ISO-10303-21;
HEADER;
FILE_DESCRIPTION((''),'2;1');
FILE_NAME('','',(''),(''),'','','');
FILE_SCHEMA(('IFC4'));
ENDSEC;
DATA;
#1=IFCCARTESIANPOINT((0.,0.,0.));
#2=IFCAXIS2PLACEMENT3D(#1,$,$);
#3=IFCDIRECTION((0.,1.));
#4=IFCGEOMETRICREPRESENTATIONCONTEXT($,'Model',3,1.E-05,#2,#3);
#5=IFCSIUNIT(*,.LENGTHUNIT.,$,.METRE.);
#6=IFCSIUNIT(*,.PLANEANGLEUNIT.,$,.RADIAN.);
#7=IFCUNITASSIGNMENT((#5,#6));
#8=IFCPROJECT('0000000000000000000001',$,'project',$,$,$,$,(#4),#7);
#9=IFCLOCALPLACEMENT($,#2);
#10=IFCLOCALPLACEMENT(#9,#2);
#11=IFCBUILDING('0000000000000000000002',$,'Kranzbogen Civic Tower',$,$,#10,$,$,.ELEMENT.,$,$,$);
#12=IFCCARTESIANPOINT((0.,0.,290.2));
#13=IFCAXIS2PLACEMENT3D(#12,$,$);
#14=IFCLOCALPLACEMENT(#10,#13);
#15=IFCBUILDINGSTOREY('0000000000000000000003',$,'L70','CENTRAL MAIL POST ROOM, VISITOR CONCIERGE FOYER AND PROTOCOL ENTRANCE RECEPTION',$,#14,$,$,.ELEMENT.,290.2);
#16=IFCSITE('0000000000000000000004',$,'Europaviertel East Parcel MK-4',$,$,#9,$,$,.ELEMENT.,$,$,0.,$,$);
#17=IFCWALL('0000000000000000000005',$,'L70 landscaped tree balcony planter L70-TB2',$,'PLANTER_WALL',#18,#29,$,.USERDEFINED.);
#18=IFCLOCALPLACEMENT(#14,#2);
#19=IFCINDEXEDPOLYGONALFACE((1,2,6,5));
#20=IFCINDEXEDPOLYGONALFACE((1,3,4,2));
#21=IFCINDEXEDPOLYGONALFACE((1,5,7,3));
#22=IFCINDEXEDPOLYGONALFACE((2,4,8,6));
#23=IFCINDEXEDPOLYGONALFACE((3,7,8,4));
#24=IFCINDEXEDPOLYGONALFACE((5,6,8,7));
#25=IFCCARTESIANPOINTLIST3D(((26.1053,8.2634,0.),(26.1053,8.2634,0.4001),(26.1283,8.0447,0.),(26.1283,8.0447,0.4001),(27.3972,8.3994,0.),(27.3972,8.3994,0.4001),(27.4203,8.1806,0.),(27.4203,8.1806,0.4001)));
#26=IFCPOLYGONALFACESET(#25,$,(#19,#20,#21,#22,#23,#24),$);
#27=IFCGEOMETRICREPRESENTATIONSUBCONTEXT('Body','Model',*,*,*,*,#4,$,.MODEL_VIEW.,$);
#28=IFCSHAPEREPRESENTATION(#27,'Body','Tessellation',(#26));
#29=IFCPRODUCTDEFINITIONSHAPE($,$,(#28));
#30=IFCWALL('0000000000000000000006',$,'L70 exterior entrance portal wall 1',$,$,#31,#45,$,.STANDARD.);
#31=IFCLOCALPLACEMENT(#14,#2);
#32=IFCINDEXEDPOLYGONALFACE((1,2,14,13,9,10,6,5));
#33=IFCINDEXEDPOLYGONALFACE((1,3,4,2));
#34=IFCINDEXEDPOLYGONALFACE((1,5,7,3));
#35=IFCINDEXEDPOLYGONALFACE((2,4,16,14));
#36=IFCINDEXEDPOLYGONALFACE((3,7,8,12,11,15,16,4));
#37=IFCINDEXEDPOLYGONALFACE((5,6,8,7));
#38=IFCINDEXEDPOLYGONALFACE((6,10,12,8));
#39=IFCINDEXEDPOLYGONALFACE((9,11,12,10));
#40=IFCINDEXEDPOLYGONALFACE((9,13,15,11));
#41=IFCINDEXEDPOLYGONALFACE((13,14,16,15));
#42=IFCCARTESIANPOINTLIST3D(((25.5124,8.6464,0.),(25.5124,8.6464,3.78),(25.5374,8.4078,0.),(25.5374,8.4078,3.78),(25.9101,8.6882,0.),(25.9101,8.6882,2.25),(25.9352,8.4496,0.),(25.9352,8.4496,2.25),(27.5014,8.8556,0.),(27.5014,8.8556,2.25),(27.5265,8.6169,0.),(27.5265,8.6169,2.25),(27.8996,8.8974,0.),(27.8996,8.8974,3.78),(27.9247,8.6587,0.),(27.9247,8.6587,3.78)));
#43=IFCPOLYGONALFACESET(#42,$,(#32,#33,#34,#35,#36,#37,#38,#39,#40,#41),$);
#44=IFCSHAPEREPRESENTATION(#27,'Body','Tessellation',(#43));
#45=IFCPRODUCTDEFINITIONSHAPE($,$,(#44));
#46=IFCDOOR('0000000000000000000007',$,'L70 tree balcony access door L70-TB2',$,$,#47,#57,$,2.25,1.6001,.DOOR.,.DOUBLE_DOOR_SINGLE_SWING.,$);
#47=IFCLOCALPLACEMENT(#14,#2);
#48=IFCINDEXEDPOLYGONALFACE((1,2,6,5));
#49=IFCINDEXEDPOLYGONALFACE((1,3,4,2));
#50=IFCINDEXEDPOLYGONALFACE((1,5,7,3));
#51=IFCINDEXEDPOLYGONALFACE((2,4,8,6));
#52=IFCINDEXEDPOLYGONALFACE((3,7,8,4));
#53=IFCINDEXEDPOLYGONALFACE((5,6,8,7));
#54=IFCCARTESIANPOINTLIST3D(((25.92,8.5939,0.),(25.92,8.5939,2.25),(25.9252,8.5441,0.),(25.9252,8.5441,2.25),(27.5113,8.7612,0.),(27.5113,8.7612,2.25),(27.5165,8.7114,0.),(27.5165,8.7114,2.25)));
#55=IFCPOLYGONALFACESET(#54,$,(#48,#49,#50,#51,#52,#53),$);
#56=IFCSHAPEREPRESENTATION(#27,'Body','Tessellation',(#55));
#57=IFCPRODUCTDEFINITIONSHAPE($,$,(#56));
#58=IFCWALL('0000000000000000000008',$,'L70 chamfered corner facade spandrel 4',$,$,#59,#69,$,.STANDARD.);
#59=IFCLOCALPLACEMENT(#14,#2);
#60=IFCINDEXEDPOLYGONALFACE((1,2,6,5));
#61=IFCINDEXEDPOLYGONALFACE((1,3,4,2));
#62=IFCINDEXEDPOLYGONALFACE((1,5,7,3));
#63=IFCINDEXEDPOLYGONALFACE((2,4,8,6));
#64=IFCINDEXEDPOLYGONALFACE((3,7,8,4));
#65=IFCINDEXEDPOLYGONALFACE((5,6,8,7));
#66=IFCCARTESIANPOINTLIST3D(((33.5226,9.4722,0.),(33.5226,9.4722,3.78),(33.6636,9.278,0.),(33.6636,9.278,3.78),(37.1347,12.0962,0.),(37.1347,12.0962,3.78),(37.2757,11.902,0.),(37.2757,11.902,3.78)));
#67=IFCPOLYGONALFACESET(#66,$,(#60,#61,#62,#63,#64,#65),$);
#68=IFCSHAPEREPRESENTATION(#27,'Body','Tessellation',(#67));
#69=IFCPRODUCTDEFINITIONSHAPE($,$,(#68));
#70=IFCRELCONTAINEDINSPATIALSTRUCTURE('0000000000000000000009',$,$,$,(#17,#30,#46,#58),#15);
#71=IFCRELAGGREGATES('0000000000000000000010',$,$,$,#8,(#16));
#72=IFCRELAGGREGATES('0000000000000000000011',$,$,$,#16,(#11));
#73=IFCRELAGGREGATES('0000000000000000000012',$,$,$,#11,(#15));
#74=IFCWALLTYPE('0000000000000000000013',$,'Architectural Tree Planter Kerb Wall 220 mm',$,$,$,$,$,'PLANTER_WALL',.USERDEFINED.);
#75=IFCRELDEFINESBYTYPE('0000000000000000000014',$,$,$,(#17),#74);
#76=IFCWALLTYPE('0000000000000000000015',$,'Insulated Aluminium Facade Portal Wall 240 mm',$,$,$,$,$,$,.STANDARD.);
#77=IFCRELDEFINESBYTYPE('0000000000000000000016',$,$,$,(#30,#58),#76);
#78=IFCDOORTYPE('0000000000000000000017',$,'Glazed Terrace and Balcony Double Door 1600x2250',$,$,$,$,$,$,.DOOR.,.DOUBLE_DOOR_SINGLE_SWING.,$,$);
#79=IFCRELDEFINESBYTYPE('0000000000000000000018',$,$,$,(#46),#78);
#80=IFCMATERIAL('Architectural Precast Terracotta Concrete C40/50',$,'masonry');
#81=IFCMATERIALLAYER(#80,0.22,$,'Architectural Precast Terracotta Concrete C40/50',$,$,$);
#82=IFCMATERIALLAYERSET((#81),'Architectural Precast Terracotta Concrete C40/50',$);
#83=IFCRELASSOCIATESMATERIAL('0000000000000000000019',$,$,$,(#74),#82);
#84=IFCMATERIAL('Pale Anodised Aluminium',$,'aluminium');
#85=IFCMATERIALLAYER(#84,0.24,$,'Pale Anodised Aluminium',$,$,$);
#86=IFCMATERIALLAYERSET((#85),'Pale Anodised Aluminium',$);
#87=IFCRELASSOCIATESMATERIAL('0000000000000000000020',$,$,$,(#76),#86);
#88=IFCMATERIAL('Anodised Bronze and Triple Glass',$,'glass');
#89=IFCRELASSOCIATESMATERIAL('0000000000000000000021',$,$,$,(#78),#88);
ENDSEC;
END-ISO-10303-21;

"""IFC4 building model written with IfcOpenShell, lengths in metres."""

from ifc_helpers import new_model, si_unit, direction, frame, frame_2d, origin, place, context, subcontext, project, spatial, rectangle, extrude, material, layer, layer_set, type_object, element, fill, save


model = new_model("IFC4")

# Units and contexts
model_context = context("Model", 3, precision=1e-05, world=origin(), true_north=direction((0.0, 1.0)))
body_context = subcontext(model_context, "Body", "Model", "MODEL_VIEW")
ifc_project = project(units=[si_unit("LENGTHUNIT", "METRE"), si_unit("PLANEANGLEUNIT", "RADIAN")], contexts=[model_context])

# Site, building, storey
site_placement = place(None, origin())
site = spatial("IfcSite", under=ifc_project, at=site_placement, Name="Europaviertel East Parcel MK-4", CompositionType="ELEMENT", RefElevation=0.0)
building_placement = place(site_placement, origin())
building = spatial("IfcBuilding", under=site, at=building_placement, Name="Kranzbogen Civic Tower", CompositionType="ELEMENT")
storey_placement = place(building_placement, frame((0.0, 0.0, 290.2)))
storey = spatial("IfcBuildingStorey", under=building, at=storey_placement, Name="L70", Description="CENTRAL MAIL POST ROOM, VISITOR CONCIERGE FOYER AND PROTOCOL ENTRANCE RECEPTION", CompositionType="ELEMENT", Elevation=290.2)

# Shared definitions
ifc_material_1 = material(Name="Pale Anodised Aluminium", Category="aluminium")

# Wall
ifc_material_2 = material(Name="Architectural Precast Terracotta Concrete C40/50", Category="masonry")
ifc_layer_1 = layer(ifc_material_2, 0.22, Name="Architectural Precast Terracotta Concrete C40/50")
ifc_layer_set_1 = layer_set([ifc_layer_1], Name="Architectural Precast Terracotta Concrete C40/50")
wall_type_1 = type_object("IfcWallType", Name="Architectural Tree Planter Kerb Wall 220 mm", ElementType="PLANTER_WALL", PredefinedType="USERDEFINED", material=ifc_layer_set_1)
wall_1_placement = place(storey_placement, frame((26.1169, 8.1541, 0.0), z_axis=(0.0, 0.0, 1.0), x_axis=(0.994506, 0.104675, 0.0)))
element("IfcWall", 1, at=wall_1_placement, inside=storey, type_object=wall_type_1, Name="L70 landscaped tree balcony planter L70-TB2", ObjectType="PLANTER_WALL", PredefinedType="USERDEFINED", context=body_context, shape_type="SweptSolid", body=[
    extrude(rectangle(XDim=1.2991, YDim=0.22, at=frame_2d((0.6494, 0.0))), origin(), (0.0, 0.0, 1.0), 0.4001),
])

# Wall, opening, door
ifc_layer_2 = layer(ifc_material_1, 0.24, Name="Pale Anodised Aluminium")
ifc_layer_set_2 = layer_set([ifc_layer_2], Name="Pale Anodised Aluminium")
wall_type_2 = type_object("IfcWallType", Name="Insulated Aluminium Facade Portal Wall 240 mm", PredefinedType="STANDARD", material=ifc_layer_set_2)
wall_2_placement = place(storey_placement, frame((25.5249, 8.5271, 0.0), z_axis=(0.0, 0.0, 1.0), x_axis=(0.994519, 0.104558, 0.0)))
wall_2 = element("IfcWall", 2, at=wall_2_placement, inside=storey, type_object=wall_type_2, Name="L70 exterior entrance portal wall 1", PredefinedType="STANDARD", context=body_context, shape_type="SweptSolid", body=[
    extrude(rectangle(XDim=2.4004, YDim=0.24, at=frame_2d((1.2002, 0.0))), origin(), (0.0, 0.0, 1.0), 3.78),
])
opening_placement = place(wall_2_placement, frame((0.3999, 0.0, 0.0)))
opening = element("IfcOpeningElement", 3, at=opening_placement, cuts=wall_2, PredefinedType="OPENING", context=body_context, shape_type="SweptSolid", body=[
    extrude(rectangle(XDim=1.6001, YDim=2.25, at=frame_2d((0.8, 1.125))), frame((0.0, 0.1299, 0.0), z_axis=(0.0, -1.0, 0.0), x_axis=(1.0, 0.0, 0.0)), (0.0, 0.0, 1.0), 0.26),
])
ifc_material_3 = material(Name="Anodised Bronze and Triple Glass", Category="glass")
door_type = type_object("IfcDoorType", Name="Glazed Terrace and Balcony Double Door 1600x2250", OperationType="DOUBLE_DOOR_SINGLE_SWING", PredefinedType="DOOR", material=ifc_material_3)
door_placement = place(opening_placement, frame((1.6001, 0.0, 0.0), z_axis=(0.0, 0.0, 1.0), x_axis=(-1.0, 0.0, 0.0)))
door = element("IfcDoor", 4, at=door_placement, inside=storey, type_object=door_type, Name="L70 tree balcony access door L70-TB2", OperationType="DOUBLE_DOOR_SINGLE_SWING", OverallHeight=2.25, OverallWidth=1.6001, PredefinedType="DOOR", context=body_context, shape_type="SweptSolid", body=[
    extrude(rectangle(XDim=1.6001, YDim=2.25, at=frame_2d((0.8, 1.125))), frame((0.0, 0.0249, 0.0), z_axis=(0.0, -1.0, 0.0), x_axis=(1.0, 0.0, 0.0)), (0.0, 0.0, 1.0), 0.05),
])
fill(opening, door)

# Wall
wall_3_placement = place(storey_placement, frame((33.593, 9.375, 0.0), z_axis=(0.0, 0.0, 1.0), x_axis=(0.809048, 0.587742, 0.0)))
element("IfcWall", 5, at=wall_3_placement, inside=storey, type_object=wall_type_2, Name="L70 chamfered corner facade spandrel 4", PredefinedType="STANDARD", context=body_context, shape_type="SweptSolid", body=[
    extrude(rectangle(XDim=4.4646, YDim=0.24, at=frame_2d((2.2324, 0.0))), origin(), (0.0, 0.0, 1.0), 3.78),
])

save(model, "model.ifc")
